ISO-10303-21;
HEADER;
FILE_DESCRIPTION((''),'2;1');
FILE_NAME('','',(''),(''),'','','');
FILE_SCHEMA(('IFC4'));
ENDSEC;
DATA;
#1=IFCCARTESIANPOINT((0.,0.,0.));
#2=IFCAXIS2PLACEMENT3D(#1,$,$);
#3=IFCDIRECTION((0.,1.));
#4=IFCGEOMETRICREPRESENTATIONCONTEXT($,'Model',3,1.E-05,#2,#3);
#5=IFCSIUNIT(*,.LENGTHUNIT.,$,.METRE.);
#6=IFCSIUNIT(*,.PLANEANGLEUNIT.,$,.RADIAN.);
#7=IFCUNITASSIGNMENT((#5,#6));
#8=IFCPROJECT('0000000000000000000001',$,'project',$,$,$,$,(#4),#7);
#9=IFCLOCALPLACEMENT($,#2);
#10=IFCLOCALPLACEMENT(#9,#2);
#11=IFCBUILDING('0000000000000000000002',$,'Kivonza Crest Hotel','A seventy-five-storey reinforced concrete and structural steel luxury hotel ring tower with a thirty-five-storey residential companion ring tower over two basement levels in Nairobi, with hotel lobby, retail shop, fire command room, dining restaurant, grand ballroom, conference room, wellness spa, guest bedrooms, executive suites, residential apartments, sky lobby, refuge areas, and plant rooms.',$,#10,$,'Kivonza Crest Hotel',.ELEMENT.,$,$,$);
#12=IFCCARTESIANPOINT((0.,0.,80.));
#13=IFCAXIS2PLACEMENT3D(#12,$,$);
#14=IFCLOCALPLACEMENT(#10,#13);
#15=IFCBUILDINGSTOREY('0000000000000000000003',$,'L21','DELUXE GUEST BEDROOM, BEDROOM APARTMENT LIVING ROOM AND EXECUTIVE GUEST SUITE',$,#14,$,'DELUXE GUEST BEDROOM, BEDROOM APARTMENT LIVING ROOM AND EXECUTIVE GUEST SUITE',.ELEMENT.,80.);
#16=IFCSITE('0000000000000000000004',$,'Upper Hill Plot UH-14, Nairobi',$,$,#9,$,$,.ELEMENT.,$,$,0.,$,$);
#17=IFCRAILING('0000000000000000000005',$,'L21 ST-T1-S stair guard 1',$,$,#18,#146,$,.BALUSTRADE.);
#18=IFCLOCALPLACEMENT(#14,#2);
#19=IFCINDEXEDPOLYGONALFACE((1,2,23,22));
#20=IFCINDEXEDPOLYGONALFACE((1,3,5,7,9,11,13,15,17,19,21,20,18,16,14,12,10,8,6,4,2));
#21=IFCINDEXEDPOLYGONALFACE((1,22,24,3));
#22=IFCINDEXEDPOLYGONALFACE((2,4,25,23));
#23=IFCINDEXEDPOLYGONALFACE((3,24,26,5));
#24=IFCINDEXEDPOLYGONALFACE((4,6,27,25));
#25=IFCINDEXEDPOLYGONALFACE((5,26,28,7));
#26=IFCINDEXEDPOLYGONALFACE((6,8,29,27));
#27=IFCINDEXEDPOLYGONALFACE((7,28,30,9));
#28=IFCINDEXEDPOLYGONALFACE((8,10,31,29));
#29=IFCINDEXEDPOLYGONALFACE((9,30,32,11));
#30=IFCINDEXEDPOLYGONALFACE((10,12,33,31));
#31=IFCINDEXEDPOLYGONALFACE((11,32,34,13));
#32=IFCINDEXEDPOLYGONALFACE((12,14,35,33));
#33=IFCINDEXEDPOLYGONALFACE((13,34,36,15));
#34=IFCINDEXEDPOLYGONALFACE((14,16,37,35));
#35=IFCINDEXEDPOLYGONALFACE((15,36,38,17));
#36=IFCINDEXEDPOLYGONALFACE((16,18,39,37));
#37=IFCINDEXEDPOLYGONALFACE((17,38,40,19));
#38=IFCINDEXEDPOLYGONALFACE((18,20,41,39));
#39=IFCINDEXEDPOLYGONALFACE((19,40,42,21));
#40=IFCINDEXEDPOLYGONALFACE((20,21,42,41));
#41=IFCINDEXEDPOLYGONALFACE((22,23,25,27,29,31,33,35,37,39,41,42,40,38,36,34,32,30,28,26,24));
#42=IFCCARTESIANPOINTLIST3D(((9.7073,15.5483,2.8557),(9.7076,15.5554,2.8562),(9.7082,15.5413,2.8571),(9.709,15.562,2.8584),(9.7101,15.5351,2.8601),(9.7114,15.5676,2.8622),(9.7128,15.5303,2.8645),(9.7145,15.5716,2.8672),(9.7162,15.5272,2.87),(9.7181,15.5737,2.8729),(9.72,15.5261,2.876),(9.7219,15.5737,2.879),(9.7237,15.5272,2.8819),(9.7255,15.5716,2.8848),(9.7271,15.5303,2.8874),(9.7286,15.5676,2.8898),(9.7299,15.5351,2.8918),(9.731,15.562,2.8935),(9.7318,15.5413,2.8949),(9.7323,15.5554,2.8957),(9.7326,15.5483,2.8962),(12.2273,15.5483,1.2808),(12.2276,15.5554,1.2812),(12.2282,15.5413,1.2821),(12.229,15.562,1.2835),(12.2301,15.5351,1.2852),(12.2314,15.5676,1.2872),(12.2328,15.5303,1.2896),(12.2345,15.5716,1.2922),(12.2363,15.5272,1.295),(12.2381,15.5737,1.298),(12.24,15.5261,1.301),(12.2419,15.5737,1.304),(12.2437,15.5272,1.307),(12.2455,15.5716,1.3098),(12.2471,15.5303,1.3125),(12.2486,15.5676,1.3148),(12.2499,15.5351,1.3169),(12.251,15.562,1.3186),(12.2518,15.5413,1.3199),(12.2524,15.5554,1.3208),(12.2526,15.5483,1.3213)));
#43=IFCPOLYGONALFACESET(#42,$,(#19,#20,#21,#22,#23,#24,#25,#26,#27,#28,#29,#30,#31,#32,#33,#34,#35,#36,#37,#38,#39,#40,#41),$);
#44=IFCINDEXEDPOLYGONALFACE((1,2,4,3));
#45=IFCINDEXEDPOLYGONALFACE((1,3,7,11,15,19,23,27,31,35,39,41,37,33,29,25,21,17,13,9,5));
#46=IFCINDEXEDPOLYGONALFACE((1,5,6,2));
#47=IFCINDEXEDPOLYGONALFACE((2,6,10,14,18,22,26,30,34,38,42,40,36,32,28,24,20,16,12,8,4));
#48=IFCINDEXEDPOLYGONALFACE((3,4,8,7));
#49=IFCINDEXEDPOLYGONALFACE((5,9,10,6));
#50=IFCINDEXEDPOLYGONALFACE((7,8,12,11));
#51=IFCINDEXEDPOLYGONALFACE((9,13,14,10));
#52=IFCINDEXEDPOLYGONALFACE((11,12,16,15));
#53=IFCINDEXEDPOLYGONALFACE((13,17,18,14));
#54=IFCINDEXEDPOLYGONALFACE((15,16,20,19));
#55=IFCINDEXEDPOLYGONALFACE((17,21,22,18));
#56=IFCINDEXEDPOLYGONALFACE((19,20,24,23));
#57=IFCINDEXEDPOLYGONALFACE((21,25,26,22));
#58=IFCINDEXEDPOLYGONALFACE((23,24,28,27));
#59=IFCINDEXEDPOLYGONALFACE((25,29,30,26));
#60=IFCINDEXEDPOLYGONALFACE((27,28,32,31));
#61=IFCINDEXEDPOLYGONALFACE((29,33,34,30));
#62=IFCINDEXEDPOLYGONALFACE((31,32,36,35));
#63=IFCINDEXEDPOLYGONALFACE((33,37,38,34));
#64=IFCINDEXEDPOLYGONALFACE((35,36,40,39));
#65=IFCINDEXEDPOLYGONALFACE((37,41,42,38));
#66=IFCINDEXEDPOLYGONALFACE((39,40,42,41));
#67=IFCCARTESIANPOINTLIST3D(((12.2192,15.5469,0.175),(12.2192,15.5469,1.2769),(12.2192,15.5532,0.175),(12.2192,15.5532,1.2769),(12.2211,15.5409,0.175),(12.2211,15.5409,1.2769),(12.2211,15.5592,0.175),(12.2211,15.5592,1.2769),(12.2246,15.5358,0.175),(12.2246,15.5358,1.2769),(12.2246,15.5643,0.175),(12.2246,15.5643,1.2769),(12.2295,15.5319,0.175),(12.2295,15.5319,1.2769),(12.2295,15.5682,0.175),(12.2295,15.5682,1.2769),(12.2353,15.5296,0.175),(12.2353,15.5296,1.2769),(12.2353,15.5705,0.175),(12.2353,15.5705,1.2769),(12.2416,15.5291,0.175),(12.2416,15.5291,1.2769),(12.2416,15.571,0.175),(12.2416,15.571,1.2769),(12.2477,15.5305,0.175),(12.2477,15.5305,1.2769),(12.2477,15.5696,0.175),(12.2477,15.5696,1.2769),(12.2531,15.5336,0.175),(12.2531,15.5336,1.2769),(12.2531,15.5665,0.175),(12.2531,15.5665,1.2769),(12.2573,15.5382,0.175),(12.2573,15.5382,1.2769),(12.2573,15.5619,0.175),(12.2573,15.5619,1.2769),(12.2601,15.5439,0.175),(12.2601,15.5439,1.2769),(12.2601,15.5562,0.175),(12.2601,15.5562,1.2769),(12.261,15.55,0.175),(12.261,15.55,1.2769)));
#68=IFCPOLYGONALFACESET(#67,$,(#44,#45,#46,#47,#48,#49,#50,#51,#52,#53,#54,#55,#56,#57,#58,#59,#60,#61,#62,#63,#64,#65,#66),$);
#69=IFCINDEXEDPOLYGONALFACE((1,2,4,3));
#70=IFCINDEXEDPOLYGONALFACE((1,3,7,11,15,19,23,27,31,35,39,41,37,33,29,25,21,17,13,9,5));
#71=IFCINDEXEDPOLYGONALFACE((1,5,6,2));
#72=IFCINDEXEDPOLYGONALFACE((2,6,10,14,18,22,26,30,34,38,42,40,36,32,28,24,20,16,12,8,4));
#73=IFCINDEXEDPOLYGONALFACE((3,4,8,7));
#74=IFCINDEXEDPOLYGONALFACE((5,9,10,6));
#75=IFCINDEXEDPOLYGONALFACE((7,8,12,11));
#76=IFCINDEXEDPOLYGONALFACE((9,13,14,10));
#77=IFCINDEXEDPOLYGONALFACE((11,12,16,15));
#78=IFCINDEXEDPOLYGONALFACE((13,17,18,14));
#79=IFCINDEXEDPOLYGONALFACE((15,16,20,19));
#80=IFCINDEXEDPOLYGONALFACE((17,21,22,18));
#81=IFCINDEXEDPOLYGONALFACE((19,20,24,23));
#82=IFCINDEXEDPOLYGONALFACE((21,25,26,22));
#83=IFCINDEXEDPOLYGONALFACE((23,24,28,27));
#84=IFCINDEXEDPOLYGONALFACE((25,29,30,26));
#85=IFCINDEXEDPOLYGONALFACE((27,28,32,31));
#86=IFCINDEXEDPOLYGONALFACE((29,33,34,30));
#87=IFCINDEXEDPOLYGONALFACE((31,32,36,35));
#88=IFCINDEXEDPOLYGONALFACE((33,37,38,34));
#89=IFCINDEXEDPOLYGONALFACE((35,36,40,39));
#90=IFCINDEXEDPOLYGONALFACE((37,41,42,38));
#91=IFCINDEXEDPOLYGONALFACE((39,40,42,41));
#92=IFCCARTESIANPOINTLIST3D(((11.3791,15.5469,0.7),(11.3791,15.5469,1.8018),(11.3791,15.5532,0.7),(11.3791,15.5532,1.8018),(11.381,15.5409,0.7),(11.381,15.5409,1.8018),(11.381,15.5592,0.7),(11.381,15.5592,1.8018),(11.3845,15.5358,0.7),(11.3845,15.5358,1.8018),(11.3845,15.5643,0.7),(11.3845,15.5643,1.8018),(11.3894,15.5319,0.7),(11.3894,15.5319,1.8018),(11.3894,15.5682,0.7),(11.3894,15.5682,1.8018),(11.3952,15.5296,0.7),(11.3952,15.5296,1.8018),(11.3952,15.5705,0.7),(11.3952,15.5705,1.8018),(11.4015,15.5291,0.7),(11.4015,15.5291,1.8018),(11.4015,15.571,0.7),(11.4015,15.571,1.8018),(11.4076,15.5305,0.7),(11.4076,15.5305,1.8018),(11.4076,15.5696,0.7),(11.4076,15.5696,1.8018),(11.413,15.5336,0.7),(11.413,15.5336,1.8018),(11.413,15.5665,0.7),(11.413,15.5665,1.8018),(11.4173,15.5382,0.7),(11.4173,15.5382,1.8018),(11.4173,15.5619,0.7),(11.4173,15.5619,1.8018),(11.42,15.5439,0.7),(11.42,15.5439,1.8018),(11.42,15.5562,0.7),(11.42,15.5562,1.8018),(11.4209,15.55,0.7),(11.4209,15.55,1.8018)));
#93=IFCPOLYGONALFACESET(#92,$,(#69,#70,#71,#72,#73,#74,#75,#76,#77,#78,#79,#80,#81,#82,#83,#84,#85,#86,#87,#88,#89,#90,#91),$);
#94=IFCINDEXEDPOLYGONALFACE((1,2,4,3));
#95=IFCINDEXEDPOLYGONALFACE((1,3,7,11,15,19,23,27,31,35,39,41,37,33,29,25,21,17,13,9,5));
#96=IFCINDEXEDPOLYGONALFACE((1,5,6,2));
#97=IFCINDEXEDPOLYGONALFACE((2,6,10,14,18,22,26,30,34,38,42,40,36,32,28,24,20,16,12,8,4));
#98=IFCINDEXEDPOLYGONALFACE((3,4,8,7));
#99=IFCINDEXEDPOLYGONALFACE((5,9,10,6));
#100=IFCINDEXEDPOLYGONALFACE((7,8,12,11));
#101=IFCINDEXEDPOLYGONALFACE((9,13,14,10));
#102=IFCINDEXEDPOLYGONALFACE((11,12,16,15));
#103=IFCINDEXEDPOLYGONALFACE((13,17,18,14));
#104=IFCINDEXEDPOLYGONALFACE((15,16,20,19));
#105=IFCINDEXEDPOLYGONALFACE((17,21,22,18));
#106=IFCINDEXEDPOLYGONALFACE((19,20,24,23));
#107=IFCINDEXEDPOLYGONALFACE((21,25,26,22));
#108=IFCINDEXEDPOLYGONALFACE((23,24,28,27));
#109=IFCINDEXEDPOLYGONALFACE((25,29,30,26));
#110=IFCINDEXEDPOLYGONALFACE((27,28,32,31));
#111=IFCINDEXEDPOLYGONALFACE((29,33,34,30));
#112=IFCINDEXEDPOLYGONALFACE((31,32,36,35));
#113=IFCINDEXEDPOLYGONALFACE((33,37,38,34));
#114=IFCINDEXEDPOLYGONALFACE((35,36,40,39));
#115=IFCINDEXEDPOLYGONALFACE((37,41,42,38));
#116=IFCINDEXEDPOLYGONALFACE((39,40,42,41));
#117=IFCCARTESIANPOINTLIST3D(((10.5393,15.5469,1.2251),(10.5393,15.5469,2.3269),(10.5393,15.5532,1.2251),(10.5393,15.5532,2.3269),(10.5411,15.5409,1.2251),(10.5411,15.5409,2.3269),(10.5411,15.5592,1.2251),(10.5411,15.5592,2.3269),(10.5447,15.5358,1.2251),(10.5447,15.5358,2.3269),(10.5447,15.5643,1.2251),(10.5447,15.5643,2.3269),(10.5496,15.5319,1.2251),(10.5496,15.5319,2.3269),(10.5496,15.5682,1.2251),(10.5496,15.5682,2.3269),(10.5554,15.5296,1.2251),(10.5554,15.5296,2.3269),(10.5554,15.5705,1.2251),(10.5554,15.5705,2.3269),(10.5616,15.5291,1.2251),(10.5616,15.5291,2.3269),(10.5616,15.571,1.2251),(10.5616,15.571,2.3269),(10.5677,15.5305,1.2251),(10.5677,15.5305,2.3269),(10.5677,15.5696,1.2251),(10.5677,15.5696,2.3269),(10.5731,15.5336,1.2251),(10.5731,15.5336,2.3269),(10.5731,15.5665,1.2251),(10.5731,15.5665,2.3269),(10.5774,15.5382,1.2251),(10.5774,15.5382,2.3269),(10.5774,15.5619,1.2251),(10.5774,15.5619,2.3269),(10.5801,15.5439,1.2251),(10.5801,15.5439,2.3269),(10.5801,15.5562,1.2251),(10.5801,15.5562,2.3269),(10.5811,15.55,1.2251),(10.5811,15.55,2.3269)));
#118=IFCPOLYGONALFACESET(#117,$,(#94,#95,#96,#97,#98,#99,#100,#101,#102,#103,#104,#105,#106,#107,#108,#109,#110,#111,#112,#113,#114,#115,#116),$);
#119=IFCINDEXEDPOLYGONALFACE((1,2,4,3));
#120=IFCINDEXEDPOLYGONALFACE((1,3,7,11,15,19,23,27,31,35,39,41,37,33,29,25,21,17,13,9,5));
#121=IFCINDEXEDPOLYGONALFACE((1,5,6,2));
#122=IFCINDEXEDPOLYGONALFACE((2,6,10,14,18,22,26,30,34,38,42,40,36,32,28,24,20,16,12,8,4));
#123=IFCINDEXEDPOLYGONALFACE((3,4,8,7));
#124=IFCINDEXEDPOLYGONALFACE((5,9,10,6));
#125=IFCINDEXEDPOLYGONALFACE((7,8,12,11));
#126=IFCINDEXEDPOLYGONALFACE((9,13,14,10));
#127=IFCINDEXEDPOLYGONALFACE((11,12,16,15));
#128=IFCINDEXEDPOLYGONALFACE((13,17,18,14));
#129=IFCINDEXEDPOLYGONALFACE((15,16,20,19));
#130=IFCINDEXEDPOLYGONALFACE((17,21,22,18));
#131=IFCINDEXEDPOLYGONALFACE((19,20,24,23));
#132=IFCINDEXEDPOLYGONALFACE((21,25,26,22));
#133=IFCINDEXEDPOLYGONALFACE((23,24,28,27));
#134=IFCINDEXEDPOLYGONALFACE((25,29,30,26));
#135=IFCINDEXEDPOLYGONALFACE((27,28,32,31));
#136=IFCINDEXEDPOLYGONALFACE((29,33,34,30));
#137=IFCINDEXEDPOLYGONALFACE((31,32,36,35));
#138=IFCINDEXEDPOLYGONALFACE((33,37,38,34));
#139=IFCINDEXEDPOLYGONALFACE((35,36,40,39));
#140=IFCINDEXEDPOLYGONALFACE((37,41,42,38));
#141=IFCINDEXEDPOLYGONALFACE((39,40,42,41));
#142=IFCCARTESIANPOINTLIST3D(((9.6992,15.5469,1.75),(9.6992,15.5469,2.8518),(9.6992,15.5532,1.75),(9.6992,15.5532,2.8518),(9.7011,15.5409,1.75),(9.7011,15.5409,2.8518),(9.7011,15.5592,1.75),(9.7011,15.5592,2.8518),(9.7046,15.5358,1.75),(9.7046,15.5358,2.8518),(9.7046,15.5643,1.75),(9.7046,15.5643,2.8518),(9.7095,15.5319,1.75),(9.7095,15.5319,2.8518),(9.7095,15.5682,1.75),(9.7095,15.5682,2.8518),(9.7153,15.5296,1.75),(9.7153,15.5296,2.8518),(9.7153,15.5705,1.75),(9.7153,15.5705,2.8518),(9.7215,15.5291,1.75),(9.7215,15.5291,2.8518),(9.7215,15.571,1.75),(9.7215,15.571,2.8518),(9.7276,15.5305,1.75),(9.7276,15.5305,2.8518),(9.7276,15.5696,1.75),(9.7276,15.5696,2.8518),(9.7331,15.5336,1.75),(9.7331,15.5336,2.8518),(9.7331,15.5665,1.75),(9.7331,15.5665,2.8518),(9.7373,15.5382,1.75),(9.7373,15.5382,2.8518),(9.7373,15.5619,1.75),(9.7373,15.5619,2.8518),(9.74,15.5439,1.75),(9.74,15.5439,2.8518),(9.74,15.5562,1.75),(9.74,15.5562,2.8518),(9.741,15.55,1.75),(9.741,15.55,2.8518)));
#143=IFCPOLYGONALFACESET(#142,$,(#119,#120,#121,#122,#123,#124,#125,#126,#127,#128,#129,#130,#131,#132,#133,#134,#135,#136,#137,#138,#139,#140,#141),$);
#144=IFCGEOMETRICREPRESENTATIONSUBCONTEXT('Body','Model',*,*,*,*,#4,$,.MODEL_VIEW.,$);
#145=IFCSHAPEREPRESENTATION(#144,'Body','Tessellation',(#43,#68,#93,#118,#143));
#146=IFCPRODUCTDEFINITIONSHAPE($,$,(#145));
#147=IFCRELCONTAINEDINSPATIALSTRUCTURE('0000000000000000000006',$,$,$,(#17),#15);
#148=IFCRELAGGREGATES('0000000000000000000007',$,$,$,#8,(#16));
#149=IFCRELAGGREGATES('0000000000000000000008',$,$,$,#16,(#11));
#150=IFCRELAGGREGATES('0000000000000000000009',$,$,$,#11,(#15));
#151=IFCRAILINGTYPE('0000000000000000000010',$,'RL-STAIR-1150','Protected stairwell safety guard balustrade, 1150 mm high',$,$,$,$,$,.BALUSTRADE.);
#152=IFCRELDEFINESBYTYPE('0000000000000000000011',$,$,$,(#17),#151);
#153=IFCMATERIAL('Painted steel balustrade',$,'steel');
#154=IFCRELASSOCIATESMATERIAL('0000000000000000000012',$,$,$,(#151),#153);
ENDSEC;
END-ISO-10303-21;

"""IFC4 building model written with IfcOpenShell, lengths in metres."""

from ifc_helpers import new_model, si_unit, direction, frame, origin, origin_2d, place, context, subcontext, project, spatial, circle, extrude, material, type_object, element, save


model = new_model("IFC4")

# Units and contexts
model_context = context("Model", 3, precision=1e-05, world=origin(), true_north=direction((0.0, 1.0)))
body_context = subcontext(model_context, "Body", "Model", "MODEL_VIEW")
ifc_project = project(units=[si_unit("LENGTHUNIT", "METRE"), si_unit("PLANEANGLEUNIT", "RADIAN")], contexts=[model_context])

# Site, building, storey
site_placement = place(None, origin())
site = spatial("IfcSite", under=ifc_project, at=site_placement, Name="Upper Hill Plot UH-14, Nairobi", CompositionType="ELEMENT", RefElevation=0.0)
building_placement = place(site_placement, origin())
building = spatial("IfcBuilding", under=site, at=building_placement, Name="Kivonza Crest Hotel", Description="A seventy-five-storey reinforced concrete and structural steel luxury hotel ring tower with a thirty-five-storey residential companion ring tower over two basement levels in Nairobi, with hotel lobby, retail shop, fire command room, dining restaurant, grand ballroom, conference room, wellness spa, guest bedrooms, executive suites, residential apartments, sky lobby, refuge areas, and plant rooms.", LongName="Kivonza Crest Hotel", CompositionType="ELEMENT")
storey_placement = place(building_placement, frame((0.0, 0.0, 80.0)))
storey = spatial("IfcBuildingStorey", under=building, at=storey_placement, Name="L21", Description="DELUXE GUEST BEDROOM, BEDROOM APARTMENT LIVING ROOM AND EXECUTIVE GUEST SUITE", LongName="DELUXE GUEST BEDROOM, BEDROOM APARTMENT LIVING ROOM AND EXECUTIVE GUEST SUITE", CompositionType="ELEMENT", Elevation=80.0)

# Railing
ifc_material_1 = material(Name="Painted steel balustrade", Category="steel")
railing_type_1 = type_object("IfcRailingType", Name="RL-STAIR-1150", Description="Protected stairwell safety guard balustrade, 1150 mm high", PredefinedType="BALUSTRADE", material=ifc_material_1)
railing_1_placement = place(storey_placement, frame((12.24, 15.55, 0.175)))
element("IfcRailing", 1, at=railing_1_placement, inside=storey, type_object=railing_type_1, Name="L21 ST-T1-S stair guard 1", PredefinedType="BALUSTRADE", context=body_context, shape_type="SweptSolid", body=[
    extrude(circle(Radius=0.0239, at=origin_2d()), frame((0.0, 0.0, 1.126), z_axis=(-0.848008, 0.0, 0.529984), x_axis=(0.0, -1.0, 0.0)), (0.0, 0.0, 1.0), 2.9717),
    extrude(circle(Radius=0.021, at=origin_2d()), origin(), (0.0, 0.0, 1.0), 1.1018),
    extrude(circle(Radius=0.021, at=origin_2d()), frame((-0.8401, 0.0, 0.5249)), (0.0, 0.0, 1.0), 1.1018),
    extrude(circle(Radius=0.021, at=origin_2d()), frame((-1.6799, 0.0, 1.05)), (0.0, 0.0, 1.0), 1.1018),
    extrude(circle(Radius=0.021, at=origin_2d()), frame((-2.52, 0.0, 1.575)), (0.0, 0.0, 1.0), 1.1018),
])

save(model, "model.ifc")
